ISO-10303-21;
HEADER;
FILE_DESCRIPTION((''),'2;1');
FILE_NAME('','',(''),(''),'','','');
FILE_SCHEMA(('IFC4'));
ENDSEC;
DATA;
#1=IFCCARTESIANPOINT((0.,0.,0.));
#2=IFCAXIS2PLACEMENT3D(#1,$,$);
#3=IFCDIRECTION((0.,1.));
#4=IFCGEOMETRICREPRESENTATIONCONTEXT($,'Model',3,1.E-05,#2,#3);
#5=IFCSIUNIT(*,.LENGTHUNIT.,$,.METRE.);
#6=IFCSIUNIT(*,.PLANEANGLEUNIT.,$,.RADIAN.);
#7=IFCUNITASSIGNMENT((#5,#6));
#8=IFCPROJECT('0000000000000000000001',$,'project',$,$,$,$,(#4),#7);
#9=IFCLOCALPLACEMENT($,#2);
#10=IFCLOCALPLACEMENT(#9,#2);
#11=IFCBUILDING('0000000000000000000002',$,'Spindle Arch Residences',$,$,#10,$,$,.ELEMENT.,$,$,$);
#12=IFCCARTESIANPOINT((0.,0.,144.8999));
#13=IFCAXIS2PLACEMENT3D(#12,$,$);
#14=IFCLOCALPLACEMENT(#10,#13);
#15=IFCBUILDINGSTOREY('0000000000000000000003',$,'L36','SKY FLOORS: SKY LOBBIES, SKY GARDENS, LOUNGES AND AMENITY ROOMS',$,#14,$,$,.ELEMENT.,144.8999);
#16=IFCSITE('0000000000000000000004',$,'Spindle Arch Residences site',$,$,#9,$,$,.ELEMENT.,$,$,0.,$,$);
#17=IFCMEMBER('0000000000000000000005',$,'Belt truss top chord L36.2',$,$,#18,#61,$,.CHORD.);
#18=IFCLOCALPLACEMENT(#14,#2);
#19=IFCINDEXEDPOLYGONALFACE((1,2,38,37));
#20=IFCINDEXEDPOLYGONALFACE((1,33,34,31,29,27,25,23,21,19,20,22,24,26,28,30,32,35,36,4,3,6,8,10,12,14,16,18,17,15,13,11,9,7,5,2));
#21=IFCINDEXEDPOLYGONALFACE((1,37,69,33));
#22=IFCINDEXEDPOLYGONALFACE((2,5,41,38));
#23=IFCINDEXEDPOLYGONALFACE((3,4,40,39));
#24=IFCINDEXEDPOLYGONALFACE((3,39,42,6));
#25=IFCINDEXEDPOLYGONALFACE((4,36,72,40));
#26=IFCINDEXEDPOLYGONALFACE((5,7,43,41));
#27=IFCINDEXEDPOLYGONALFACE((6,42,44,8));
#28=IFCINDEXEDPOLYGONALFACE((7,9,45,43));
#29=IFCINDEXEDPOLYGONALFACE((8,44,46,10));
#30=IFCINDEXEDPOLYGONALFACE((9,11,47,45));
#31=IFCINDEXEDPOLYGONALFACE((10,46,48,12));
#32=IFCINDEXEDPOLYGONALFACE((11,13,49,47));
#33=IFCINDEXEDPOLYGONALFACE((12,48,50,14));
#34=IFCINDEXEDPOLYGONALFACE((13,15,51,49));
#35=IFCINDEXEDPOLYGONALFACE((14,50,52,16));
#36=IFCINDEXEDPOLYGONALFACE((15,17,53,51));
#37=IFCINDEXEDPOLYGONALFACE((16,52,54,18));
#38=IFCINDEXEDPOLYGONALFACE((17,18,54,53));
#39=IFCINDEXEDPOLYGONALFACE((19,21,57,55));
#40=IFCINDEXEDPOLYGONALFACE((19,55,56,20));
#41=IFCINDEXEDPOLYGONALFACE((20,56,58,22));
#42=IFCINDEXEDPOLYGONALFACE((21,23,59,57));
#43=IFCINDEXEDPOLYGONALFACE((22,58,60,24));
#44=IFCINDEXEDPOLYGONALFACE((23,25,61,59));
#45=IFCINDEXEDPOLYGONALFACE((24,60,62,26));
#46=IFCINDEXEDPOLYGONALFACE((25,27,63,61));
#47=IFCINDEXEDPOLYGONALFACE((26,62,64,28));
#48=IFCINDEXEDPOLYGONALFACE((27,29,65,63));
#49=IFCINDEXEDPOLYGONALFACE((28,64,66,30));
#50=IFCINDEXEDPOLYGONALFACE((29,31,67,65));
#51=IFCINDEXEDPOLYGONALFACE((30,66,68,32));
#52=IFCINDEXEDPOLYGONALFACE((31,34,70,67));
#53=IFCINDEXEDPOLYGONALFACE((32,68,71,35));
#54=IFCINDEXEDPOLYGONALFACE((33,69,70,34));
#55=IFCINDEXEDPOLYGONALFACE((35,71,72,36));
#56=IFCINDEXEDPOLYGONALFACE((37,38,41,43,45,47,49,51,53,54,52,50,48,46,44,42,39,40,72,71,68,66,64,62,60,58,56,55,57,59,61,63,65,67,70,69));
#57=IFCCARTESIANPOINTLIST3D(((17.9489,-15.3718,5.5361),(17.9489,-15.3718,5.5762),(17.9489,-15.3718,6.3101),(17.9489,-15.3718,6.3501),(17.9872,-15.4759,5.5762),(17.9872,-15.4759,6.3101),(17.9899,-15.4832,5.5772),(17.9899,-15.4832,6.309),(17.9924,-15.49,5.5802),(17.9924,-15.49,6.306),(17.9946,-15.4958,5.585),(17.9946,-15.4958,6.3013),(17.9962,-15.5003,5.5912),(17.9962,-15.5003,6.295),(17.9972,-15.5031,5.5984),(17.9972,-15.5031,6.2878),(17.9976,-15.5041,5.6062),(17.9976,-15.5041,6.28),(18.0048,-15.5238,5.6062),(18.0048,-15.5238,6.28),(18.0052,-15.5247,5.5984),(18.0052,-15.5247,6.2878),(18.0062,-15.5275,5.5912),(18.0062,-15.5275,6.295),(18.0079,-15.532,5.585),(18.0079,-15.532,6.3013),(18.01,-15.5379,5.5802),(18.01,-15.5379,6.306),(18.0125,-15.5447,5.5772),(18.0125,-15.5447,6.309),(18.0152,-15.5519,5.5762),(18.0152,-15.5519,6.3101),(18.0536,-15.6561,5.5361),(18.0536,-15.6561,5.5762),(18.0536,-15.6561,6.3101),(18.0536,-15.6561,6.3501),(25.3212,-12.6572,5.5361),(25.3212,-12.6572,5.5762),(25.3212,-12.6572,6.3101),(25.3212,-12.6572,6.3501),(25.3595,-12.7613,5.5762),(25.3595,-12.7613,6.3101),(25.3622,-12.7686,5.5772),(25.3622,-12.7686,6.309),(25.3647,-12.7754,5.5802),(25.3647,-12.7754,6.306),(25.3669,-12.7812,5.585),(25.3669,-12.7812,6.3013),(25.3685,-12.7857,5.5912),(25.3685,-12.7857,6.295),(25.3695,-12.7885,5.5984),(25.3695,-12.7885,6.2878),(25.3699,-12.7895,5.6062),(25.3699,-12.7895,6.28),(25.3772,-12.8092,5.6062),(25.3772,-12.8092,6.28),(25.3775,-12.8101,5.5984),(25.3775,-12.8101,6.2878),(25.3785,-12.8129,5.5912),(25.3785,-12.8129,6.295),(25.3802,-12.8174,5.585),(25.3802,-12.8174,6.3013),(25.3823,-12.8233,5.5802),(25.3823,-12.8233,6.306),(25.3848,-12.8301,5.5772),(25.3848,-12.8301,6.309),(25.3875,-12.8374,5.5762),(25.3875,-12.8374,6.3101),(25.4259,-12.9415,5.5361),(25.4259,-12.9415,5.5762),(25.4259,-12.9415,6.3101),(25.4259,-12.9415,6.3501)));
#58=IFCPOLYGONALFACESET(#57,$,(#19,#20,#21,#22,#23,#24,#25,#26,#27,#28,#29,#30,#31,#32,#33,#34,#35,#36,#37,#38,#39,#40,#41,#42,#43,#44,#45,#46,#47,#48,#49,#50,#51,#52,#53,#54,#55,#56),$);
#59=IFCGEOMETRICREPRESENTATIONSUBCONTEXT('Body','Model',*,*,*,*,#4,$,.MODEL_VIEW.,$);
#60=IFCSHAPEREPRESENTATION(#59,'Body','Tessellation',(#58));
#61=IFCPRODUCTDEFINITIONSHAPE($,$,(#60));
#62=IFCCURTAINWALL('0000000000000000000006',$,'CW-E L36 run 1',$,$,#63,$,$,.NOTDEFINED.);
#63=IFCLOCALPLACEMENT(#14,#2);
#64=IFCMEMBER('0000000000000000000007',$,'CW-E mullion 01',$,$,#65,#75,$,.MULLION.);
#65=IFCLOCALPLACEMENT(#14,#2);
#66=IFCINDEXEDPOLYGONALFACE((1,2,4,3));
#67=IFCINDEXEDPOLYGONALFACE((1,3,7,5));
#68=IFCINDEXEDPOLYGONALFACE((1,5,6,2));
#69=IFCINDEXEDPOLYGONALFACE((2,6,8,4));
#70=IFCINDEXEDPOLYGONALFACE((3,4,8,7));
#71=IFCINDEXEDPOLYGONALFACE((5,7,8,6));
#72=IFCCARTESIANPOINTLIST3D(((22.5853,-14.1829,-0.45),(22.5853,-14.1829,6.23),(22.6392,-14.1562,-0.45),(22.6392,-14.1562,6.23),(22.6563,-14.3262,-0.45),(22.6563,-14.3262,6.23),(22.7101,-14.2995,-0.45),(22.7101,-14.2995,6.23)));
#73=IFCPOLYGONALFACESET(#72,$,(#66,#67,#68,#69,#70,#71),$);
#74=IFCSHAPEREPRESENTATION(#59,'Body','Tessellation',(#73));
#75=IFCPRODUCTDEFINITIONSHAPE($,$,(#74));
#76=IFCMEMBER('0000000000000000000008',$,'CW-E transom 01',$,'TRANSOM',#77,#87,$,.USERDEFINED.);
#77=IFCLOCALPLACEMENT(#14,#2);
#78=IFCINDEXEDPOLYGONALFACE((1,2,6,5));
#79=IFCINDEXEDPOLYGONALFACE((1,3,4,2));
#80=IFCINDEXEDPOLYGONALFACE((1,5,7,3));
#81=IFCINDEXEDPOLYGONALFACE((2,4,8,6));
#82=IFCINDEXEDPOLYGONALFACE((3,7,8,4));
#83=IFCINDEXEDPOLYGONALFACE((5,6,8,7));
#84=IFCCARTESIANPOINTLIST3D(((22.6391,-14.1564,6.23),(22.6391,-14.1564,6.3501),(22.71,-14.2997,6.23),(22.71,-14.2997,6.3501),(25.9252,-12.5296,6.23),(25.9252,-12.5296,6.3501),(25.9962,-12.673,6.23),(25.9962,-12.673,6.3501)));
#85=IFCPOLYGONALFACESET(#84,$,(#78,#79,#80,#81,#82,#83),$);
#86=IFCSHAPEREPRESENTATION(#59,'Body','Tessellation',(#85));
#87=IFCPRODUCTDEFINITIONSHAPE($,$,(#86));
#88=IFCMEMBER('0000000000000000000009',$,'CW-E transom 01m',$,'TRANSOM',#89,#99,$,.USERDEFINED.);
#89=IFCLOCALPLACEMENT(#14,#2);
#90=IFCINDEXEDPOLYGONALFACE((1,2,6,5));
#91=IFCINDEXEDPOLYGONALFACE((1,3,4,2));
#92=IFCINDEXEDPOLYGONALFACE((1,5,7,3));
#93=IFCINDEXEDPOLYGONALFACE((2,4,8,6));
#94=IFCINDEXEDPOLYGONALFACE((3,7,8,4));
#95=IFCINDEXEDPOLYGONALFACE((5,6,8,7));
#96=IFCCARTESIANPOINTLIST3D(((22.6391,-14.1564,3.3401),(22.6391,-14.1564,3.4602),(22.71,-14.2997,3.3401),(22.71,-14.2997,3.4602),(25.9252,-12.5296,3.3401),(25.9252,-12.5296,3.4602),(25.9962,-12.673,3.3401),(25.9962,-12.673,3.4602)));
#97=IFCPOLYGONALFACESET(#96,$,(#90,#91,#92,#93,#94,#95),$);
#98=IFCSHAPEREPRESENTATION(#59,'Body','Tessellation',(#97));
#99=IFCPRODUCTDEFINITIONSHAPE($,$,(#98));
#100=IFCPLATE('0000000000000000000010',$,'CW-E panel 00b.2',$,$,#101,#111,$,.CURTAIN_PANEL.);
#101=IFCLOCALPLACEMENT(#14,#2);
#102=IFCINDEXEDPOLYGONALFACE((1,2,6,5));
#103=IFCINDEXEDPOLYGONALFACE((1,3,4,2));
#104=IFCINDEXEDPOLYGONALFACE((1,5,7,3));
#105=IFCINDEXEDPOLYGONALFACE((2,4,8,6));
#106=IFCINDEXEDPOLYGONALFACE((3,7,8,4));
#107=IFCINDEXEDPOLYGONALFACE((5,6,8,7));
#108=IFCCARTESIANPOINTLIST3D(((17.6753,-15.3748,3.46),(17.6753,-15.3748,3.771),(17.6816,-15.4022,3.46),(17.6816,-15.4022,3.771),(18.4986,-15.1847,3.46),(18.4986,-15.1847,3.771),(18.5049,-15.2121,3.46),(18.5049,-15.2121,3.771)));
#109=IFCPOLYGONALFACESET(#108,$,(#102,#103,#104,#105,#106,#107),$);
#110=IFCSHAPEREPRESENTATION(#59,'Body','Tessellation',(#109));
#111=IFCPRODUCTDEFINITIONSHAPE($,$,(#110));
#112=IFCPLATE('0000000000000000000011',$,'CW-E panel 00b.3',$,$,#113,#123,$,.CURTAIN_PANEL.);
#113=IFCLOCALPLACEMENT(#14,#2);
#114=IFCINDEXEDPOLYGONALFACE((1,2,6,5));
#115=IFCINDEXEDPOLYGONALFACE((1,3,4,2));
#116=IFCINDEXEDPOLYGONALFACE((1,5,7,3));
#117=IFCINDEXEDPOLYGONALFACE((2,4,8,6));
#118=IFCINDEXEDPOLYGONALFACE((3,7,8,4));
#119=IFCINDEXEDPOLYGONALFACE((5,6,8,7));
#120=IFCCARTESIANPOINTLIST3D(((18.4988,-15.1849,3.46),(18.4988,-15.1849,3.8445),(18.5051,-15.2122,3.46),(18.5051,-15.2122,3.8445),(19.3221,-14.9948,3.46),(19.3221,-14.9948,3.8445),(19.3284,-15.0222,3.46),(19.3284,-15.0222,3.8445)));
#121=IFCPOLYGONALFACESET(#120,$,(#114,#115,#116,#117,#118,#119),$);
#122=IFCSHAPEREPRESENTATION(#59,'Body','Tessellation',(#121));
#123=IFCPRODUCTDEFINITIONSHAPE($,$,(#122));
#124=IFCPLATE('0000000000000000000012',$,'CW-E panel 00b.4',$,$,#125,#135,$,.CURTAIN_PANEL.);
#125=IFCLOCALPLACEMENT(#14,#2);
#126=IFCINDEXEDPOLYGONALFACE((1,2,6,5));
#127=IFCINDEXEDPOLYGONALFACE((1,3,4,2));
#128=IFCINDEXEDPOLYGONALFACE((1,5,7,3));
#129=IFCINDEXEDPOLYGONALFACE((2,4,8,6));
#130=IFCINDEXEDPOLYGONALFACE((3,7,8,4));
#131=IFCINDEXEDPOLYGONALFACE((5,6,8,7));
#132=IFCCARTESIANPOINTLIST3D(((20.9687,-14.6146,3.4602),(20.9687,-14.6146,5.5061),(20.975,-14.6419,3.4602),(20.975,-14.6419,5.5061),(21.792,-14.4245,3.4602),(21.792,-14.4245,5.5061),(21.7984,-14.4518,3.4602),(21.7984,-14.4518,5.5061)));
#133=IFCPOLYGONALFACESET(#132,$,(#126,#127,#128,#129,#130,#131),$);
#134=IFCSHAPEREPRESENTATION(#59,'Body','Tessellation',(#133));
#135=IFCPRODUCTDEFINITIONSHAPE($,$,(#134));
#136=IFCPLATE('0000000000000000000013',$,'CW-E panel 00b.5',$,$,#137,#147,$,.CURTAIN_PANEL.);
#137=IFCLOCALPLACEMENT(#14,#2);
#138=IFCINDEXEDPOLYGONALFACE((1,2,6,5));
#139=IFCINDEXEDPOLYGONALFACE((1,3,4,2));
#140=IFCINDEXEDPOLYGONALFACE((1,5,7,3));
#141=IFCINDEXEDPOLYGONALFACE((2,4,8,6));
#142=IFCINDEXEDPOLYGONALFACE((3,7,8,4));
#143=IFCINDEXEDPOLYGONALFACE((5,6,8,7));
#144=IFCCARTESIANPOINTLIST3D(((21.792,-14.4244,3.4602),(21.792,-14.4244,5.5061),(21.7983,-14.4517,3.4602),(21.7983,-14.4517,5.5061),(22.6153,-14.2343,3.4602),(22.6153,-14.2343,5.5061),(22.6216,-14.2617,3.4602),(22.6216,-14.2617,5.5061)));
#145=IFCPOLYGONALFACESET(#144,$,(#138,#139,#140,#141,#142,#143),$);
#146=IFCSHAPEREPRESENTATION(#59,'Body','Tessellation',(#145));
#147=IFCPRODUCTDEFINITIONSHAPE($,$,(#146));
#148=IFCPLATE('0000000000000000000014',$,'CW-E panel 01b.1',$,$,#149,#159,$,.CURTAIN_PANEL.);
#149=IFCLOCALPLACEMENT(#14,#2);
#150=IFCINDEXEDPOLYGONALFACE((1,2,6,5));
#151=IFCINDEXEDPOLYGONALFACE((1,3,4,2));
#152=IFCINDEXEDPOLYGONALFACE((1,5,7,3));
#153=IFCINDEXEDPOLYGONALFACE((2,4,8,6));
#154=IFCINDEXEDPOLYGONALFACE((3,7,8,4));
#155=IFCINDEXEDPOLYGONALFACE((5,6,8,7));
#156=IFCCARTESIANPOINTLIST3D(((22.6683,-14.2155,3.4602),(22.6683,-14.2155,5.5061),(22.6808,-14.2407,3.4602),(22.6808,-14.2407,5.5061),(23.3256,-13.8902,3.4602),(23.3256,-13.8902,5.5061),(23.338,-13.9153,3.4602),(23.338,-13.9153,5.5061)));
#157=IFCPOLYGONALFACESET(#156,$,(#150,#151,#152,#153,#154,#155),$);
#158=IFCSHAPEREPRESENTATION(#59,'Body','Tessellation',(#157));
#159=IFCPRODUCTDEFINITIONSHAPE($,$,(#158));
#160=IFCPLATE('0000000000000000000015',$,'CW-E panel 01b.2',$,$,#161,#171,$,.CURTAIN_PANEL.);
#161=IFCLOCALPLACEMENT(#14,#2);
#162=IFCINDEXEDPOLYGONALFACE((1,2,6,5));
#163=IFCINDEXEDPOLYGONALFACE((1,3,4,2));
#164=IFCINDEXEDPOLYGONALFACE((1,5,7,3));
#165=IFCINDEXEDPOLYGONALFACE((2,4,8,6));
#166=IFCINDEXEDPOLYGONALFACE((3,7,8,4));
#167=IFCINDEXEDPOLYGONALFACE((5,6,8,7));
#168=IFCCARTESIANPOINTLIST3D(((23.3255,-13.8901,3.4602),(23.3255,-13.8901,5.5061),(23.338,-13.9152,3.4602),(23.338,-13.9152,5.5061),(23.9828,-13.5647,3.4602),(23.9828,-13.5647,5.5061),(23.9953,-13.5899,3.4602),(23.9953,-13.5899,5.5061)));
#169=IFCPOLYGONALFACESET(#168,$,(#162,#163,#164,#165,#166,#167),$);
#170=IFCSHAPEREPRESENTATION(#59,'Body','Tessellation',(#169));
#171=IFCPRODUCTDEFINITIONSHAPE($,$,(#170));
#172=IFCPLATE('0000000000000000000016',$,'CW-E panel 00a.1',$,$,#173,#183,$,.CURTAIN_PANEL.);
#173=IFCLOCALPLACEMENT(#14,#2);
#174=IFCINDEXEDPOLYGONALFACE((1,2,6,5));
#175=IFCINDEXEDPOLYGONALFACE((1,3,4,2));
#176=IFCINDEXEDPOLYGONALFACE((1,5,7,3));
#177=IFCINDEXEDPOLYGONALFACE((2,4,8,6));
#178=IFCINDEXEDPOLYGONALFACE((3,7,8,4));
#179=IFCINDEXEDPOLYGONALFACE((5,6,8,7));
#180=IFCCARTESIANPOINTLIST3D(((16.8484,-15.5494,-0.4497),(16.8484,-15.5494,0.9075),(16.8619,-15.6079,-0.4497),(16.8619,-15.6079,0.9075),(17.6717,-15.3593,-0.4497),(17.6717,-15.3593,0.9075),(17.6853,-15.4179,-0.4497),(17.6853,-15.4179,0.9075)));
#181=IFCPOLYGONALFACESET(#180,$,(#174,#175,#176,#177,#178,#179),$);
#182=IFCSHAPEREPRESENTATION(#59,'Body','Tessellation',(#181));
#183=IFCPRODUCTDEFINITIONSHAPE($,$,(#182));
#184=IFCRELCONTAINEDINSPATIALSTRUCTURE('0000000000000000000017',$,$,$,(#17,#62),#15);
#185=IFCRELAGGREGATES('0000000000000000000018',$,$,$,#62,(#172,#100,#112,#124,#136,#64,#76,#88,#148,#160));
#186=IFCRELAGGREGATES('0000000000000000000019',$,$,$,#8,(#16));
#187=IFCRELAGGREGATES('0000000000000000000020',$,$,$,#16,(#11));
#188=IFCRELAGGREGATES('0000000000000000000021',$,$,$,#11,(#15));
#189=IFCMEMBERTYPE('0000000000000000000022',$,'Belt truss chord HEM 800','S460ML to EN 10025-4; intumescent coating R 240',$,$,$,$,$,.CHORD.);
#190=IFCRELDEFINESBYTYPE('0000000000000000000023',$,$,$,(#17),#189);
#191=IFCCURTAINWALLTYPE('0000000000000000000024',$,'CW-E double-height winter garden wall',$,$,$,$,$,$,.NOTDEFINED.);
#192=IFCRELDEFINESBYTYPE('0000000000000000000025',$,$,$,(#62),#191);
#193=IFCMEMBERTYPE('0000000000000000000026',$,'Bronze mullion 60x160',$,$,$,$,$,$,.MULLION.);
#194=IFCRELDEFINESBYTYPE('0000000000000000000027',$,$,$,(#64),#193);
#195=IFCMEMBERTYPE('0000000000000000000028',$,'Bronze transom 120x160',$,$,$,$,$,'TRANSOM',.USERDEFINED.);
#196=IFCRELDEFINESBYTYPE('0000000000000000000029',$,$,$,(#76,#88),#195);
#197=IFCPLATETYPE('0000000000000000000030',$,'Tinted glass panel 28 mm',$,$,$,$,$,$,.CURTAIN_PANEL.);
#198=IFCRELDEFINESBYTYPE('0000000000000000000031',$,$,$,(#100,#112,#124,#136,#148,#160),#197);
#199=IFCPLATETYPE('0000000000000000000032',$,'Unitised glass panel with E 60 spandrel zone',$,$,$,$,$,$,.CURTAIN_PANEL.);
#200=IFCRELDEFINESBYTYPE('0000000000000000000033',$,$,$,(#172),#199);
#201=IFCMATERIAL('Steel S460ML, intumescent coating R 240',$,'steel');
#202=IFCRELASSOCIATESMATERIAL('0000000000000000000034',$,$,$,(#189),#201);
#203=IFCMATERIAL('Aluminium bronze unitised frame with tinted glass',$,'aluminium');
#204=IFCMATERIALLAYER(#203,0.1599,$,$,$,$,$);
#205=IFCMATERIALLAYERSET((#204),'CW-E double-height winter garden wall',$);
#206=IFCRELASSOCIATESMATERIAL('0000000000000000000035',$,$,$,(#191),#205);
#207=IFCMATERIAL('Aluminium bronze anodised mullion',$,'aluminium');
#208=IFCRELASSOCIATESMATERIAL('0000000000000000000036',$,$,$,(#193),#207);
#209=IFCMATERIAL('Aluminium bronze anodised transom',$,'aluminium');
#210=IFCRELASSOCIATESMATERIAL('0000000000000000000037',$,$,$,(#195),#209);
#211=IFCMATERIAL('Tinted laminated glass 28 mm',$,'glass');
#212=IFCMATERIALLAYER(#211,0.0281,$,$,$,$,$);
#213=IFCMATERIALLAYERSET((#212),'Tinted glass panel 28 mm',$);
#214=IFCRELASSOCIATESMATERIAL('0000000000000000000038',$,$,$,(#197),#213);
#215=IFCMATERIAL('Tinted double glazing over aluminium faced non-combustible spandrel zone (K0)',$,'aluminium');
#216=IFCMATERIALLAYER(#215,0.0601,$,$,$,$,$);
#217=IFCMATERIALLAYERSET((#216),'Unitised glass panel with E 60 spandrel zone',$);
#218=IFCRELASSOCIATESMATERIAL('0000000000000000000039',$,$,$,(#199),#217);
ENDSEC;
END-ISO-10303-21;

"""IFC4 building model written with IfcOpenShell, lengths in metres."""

from ifc_helpers import new_model, si_unit, direction, frame, origin, origin_2d, place, context, subcontext, project, spatial, rectangle, i_section, extrude, material, layer, layer_set, material_profile, profile_set, type_object, element, aggregate, save


model = new_model("IFC4")

# Units and contexts
model_context = context("Model", 3, precision=1e-05, world=origin(), true_north=direction((0.0, 1.0)))
body_context = subcontext(model_context, "Body", "Model", "MODEL_VIEW")
ifc_project = project(units=[si_unit("LENGTHUNIT", "METRE"), si_unit("PLANEANGLEUNIT", "RADIAN")], contexts=[model_context])

# Site, building, storey
site_placement = place(None, origin())
site = spatial("IfcSite", under=ifc_project, at=site_placement, Name="Spindle Arch Residences site", CompositionType="ELEMENT", RefElevation=0.0)
building_placement = place(site_placement, origin())
building = spatial("IfcBuilding", under=site, at=building_placement, Name="Spindle Arch Residences", CompositionType="ELEMENT")
storey_placement = place(building_placement, frame((0.0, 0.0, 144.8999)))
storey = spatial("IfcBuildingStorey", under=building, at=storey_placement, Name="L36", Description="SKY FLOORS: SKY LOBBIES, SKY GARDENS, LOUNGES AND AMENITY ROOMS", CompositionType="ELEMENT", Elevation=144.8999)

# Member
ifc_material_1 = material(Name="Steel S460ML, intumescent coating R 240", Category="steel")
ifc_material_profile_1 = material_profile(ifc_material_1, i_section(OverallWidth=0.303, OverallDepth=0.814, WebThickness=0.021, FlangeThickness=0.04, FilletRadius=0.03, at=origin_2d()), Name="HEM 800")
ifc_profile_set_1 = profile_set([ifc_material_profile_1], Name="Steel S460ML, intumescent coating R 240")
member_type_1 = type_object("IfcMemberType", Name="Belt truss chord HEM 800", Description="S460ML to EN 10025-4; intumescent coating R 240", PredefinedType="CHORD", material=ifc_profile_set_1)
member_1_placement = place(storey_placement, frame((18.0012, -15.5139, 5.9431), z_axis=(0.938406, 0.345535, 0.0), x_axis=(-0.345535, 0.938406, 0.0)))
element("IfcMember", 1, at=member_1_placement, inside=storey, type_object=member_type_1, Name="Belt truss top chord L36.2", PredefinedType="CHORD", context=body_context, shape_type="SweptSolid", body=[
    extrude(i_section(OverallWidth=0.303, OverallDepth=0.814, WebThickness=0.021, FlangeThickness=0.04, FilletRadius=0.03, at=origin_2d()), origin(), (0.0, 0.0, 1.0), 7.8562),
])

# Curtain wall, members, plates
ifc_material_2 = material(Name="Aluminium bronze unitised frame with tinted glass", Category="aluminium")
ifc_layer_1 = layer(ifc_material_2, 0.1599)
ifc_layer_set_1 = layer_set([ifc_layer_1], Name="CW-E double-height winter garden wall")
curtain_wall_type = type_object("IfcCurtainWallType", Name="CW-E double-height winter garden wall", PredefinedType="NOTDEFINED", material=ifc_layer_set_1)
curtain_wall_placement = place(storey_placement, origin())
curtain_wall = element("IfcCurtainWall", 2, at=curtain_wall_placement, inside=storey, type_object=curtain_wall_type, Name="CW-E L36 run 1", PredefinedType="NOTDEFINED")
ifc_material_3 = material(Name="Aluminium bronze anodised mullion", Category="aluminium")
ifc_material_profile_2 = material_profile(ifc_material_3, rectangle(XDim=0.1599, YDim=0.0601, at=origin_2d()), Name="MU 60x160")
ifc_profile_set_2 = profile_set([ifc_material_profile_2], Name="Aluminium bronze anodised mullion")
member_type_2 = type_object("IfcMemberType", Name="Bronze mullion 60x160", PredefinedType="MULLION", material=ifc_profile_set_2)
member_2_placement = place(storey_placement, frame((22.6477, -14.2412, -0.45), z_axis=(0.0, 0.0, 1.0), x_axis=(-0.443593, 0.896229, 0.0)))
member_2 = element("IfcMember", 3, at=member_2_placement, type_object=member_type_2, Name="CW-E mullion 01", PredefinedType="MULLION", context=body_context, shape_type="SweptSolid", body=[
    extrude(rectangle(XDim=0.1599, YDim=0.0601, at=origin_2d()), origin(), (0.0, 0.0, 1.0), 6.6799),
])
ifc_material_4 = material(Name="Aluminium bronze anodised transom", Category="aluminium")
ifc_material_profile_3 = material_profile(ifc_material_4, rectangle(XDim=0.1599, YDim=0.1201, at=origin_2d()), Name="TR 120x160")
ifc_profile_set_3 = profile_set([ifc_material_profile_3], Name="Aluminium bronze anodised transom")
member_type_3 = type_object("IfcMemberType", Name="Bronze transom 120x160", ElementType="TRANSOM", PredefinedType="USERDEFINED", material=ifc_profile_set_3)
member_3_placement = place(storey_placement, frame((22.6746, -14.228, 6.29), z_axis=(0.896204, 0.443641, 0.0), x_axis=(-0.443641, 0.896204, 0.0)))
member_3 = element("IfcMember", 4, at=member_3_placement, type_object=member_type_3, Name="CW-E transom 01", ObjectType="TRANSOM", PredefinedType="USERDEFINED", context=body_context, shape_type="SweptSolid", body=[
    extrude(rectangle(XDim=0.1599, YDim=0.1201, at=origin_2d()), origin(), (0.0, 0.0, 1.0), 3.6667),
])
member_4_placement = place(storey_placement, frame((22.6746, -14.228, 3.4001), z_axis=(0.896204, 0.443641, 0.0), x_axis=(-0.443641, 0.896204, 0.0)))
member_4 = element("IfcMember", 5, at=member_4_placement, type_object=member_type_3, Name="CW-E transom 01m", ObjectType="TRANSOM", PredefinedType="USERDEFINED", context=body_context, shape_type="SweptSolid", body=[
    extrude(rectangle(XDim=0.1599, YDim=0.1201, at=origin_2d()), origin(), (0.0, 0.0, 1.0), 3.6667),
])
ifc_material_5 = material(Name="Tinted laminated glass 28 mm", Category="glass")
ifc_layer_2 = layer(ifc_material_5, 0.0281)
ifc_layer_set_2 = layer_set([ifc_layer_2], Name="Tinted glass panel 28 mm")
plate_type_1 = type_object("IfcPlateType", Name="Tinted glass panel 28 mm", PredefinedType="CURTAIN_PANEL", material=ifc_layer_set_2)
plate_1_placement = place(storey_placement, frame((18.0901, -15.2935, 3.46), z_axis=(0.0, 0.0, 1.0), x_axis=(0.97437, 0.224951, 0.0)))
plate_1 = element("IfcPlate", 6, at=plate_1_placement, type_object=plate_type_1, Name="CW-E panel 00b.2", PredefinedType="CURTAIN_PANEL", context=body_context, shape_type="SweptSolid", body=[
    extrude(rectangle(XDim=0.845, YDim=0.0281, at=origin_2d()), origin(), (0.0, 0.0, 1.0), 0.311),
])
plate_2_placement = place(storey_placement, frame((18.9136, -15.1035, 3.46), z_axis=(0.0, 0.0, 1.0), x_axis=(0.97437, 0.224951, 0.0)))
plate_2 = element("IfcPlate", 7, at=plate_2_placement, type_object=plate_type_1, Name="CW-E panel 00b.3", PredefinedType="CURTAIN_PANEL", context=body_context, shape_type="SweptSolid", body=[
    extrude(rectangle(XDim=0.845, YDim=0.0281, at=origin_2d()), origin(), (0.0, 0.0, 1.0), 0.3845),
])
plate_3_placement = place(storey_placement, frame((21.3835, -14.5332, 3.4602), z_axis=(0.0, 0.0, 1.0), x_axis=(0.97437, 0.224951, 0.0)))
plate_3 = element("IfcPlate", 8, at=plate_3_placement, type_object=plate_type_1, Name="CW-E panel 00b.4", PredefinedType="CURTAIN_PANEL", context=body_context, shape_type="SweptSolid", body=[
    extrude(rectangle(XDim=0.845, YDim=0.0281, at=origin_2d()), origin(), (0.0, 0.0, 1.0), 2.0459),
])
plate_4_placement = place(storey_placement, frame((22.2068, -14.343, 3.4602), z_axis=(0.0, 0.0, 1.0), x_axis=(0.97437, 0.224951, 0.0)))
plate_4 = element("IfcPlate", 9, at=plate_4_placement, type_object=plate_type_1, Name="CW-E panel 00b.5", PredefinedType="CURTAIN_PANEL", context=body_context, shape_type="SweptSolid", body=[
    extrude(rectangle(XDim=0.845, YDim=0.0281, at=origin_2d()), origin(), (0.0, 0.0, 1.0), 2.0459),
])
plate_5_placement = place(storey_placement, frame((23.0032, -14.0654, 3.4602), z_axis=(0.0, 0.0, 1.0), x_axis=(0.896229, 0.443593, 0.0)))
plate_5 = element("IfcPlate", 10, at=plate_5_placement, type_object=plate_type_1, Name="CW-E panel 01b.1", PredefinedType="CURTAIN_PANEL", context=body_context, shape_type="SweptSolid", body=[
    extrude(rectangle(XDim=0.7334, YDim=0.0281, at=origin_2d()), origin(), (0.0, 0.0, 1.0), 2.0459),
])
plate_6_placement = place(storey_placement, frame((23.6604, -13.74, 3.4602), z_axis=(0.0, 0.0, 1.0), x_axis=(0.896229, 0.443593, 0.0)))
plate_6 = element("IfcPlate", 11, at=plate_6_placement, type_object=plate_type_1, Name="CW-E panel 01b.2", PredefinedType="CURTAIN_PANEL", context=body_context, shape_type="SweptSolid", body=[
    extrude(rectangle(XDim=0.7334, YDim=0.0281, at=origin_2d()), origin(), (0.0, 0.0, 1.0), 2.0459),
])
ifc_material_6 = material(Name="Tinted double glazing over aluminium faced non-combustible spandrel zone (K0)", Category="aluminium")
ifc_layer_3 = layer(ifc_material_6, 0.0601)
ifc_layer_set_3 = layer_set([ifc_layer_3], Name="Unitised glass panel with E 60 spandrel zone")
plate_type_2 = type_object("IfcPlateType", Name="Unitised glass panel with E 60 spandrel zone", PredefinedType="CURTAIN_PANEL", material=ifc_layer_set_3)
plate_7_placement = place(storey_placement, frame((17.2668, -15.4836, -0.4497), z_axis=(0.0, 0.0, 1.0), x_axis=(0.97437, 0.224951, 0.0)))
plate_7 = element("IfcPlate", 12, at=plate_7_placement, type_object=plate_type_2, Name="CW-E panel 00a.1", PredefinedType="CURTAIN_PANEL", context=body_context, shape_type="SweptSolid", body=[
    extrude(rectangle(XDim=0.845, YDim=0.0601, at=origin_2d()), origin(), (0.0, 0.0, 1.0), 1.3572),
])
aggregate(curtain_wall, [plate_7, plate_1, plate_2, plate_3, plate_4, member_2, member_3, member_4, plate_5, plate_6])

save(model, "model.ifc")
